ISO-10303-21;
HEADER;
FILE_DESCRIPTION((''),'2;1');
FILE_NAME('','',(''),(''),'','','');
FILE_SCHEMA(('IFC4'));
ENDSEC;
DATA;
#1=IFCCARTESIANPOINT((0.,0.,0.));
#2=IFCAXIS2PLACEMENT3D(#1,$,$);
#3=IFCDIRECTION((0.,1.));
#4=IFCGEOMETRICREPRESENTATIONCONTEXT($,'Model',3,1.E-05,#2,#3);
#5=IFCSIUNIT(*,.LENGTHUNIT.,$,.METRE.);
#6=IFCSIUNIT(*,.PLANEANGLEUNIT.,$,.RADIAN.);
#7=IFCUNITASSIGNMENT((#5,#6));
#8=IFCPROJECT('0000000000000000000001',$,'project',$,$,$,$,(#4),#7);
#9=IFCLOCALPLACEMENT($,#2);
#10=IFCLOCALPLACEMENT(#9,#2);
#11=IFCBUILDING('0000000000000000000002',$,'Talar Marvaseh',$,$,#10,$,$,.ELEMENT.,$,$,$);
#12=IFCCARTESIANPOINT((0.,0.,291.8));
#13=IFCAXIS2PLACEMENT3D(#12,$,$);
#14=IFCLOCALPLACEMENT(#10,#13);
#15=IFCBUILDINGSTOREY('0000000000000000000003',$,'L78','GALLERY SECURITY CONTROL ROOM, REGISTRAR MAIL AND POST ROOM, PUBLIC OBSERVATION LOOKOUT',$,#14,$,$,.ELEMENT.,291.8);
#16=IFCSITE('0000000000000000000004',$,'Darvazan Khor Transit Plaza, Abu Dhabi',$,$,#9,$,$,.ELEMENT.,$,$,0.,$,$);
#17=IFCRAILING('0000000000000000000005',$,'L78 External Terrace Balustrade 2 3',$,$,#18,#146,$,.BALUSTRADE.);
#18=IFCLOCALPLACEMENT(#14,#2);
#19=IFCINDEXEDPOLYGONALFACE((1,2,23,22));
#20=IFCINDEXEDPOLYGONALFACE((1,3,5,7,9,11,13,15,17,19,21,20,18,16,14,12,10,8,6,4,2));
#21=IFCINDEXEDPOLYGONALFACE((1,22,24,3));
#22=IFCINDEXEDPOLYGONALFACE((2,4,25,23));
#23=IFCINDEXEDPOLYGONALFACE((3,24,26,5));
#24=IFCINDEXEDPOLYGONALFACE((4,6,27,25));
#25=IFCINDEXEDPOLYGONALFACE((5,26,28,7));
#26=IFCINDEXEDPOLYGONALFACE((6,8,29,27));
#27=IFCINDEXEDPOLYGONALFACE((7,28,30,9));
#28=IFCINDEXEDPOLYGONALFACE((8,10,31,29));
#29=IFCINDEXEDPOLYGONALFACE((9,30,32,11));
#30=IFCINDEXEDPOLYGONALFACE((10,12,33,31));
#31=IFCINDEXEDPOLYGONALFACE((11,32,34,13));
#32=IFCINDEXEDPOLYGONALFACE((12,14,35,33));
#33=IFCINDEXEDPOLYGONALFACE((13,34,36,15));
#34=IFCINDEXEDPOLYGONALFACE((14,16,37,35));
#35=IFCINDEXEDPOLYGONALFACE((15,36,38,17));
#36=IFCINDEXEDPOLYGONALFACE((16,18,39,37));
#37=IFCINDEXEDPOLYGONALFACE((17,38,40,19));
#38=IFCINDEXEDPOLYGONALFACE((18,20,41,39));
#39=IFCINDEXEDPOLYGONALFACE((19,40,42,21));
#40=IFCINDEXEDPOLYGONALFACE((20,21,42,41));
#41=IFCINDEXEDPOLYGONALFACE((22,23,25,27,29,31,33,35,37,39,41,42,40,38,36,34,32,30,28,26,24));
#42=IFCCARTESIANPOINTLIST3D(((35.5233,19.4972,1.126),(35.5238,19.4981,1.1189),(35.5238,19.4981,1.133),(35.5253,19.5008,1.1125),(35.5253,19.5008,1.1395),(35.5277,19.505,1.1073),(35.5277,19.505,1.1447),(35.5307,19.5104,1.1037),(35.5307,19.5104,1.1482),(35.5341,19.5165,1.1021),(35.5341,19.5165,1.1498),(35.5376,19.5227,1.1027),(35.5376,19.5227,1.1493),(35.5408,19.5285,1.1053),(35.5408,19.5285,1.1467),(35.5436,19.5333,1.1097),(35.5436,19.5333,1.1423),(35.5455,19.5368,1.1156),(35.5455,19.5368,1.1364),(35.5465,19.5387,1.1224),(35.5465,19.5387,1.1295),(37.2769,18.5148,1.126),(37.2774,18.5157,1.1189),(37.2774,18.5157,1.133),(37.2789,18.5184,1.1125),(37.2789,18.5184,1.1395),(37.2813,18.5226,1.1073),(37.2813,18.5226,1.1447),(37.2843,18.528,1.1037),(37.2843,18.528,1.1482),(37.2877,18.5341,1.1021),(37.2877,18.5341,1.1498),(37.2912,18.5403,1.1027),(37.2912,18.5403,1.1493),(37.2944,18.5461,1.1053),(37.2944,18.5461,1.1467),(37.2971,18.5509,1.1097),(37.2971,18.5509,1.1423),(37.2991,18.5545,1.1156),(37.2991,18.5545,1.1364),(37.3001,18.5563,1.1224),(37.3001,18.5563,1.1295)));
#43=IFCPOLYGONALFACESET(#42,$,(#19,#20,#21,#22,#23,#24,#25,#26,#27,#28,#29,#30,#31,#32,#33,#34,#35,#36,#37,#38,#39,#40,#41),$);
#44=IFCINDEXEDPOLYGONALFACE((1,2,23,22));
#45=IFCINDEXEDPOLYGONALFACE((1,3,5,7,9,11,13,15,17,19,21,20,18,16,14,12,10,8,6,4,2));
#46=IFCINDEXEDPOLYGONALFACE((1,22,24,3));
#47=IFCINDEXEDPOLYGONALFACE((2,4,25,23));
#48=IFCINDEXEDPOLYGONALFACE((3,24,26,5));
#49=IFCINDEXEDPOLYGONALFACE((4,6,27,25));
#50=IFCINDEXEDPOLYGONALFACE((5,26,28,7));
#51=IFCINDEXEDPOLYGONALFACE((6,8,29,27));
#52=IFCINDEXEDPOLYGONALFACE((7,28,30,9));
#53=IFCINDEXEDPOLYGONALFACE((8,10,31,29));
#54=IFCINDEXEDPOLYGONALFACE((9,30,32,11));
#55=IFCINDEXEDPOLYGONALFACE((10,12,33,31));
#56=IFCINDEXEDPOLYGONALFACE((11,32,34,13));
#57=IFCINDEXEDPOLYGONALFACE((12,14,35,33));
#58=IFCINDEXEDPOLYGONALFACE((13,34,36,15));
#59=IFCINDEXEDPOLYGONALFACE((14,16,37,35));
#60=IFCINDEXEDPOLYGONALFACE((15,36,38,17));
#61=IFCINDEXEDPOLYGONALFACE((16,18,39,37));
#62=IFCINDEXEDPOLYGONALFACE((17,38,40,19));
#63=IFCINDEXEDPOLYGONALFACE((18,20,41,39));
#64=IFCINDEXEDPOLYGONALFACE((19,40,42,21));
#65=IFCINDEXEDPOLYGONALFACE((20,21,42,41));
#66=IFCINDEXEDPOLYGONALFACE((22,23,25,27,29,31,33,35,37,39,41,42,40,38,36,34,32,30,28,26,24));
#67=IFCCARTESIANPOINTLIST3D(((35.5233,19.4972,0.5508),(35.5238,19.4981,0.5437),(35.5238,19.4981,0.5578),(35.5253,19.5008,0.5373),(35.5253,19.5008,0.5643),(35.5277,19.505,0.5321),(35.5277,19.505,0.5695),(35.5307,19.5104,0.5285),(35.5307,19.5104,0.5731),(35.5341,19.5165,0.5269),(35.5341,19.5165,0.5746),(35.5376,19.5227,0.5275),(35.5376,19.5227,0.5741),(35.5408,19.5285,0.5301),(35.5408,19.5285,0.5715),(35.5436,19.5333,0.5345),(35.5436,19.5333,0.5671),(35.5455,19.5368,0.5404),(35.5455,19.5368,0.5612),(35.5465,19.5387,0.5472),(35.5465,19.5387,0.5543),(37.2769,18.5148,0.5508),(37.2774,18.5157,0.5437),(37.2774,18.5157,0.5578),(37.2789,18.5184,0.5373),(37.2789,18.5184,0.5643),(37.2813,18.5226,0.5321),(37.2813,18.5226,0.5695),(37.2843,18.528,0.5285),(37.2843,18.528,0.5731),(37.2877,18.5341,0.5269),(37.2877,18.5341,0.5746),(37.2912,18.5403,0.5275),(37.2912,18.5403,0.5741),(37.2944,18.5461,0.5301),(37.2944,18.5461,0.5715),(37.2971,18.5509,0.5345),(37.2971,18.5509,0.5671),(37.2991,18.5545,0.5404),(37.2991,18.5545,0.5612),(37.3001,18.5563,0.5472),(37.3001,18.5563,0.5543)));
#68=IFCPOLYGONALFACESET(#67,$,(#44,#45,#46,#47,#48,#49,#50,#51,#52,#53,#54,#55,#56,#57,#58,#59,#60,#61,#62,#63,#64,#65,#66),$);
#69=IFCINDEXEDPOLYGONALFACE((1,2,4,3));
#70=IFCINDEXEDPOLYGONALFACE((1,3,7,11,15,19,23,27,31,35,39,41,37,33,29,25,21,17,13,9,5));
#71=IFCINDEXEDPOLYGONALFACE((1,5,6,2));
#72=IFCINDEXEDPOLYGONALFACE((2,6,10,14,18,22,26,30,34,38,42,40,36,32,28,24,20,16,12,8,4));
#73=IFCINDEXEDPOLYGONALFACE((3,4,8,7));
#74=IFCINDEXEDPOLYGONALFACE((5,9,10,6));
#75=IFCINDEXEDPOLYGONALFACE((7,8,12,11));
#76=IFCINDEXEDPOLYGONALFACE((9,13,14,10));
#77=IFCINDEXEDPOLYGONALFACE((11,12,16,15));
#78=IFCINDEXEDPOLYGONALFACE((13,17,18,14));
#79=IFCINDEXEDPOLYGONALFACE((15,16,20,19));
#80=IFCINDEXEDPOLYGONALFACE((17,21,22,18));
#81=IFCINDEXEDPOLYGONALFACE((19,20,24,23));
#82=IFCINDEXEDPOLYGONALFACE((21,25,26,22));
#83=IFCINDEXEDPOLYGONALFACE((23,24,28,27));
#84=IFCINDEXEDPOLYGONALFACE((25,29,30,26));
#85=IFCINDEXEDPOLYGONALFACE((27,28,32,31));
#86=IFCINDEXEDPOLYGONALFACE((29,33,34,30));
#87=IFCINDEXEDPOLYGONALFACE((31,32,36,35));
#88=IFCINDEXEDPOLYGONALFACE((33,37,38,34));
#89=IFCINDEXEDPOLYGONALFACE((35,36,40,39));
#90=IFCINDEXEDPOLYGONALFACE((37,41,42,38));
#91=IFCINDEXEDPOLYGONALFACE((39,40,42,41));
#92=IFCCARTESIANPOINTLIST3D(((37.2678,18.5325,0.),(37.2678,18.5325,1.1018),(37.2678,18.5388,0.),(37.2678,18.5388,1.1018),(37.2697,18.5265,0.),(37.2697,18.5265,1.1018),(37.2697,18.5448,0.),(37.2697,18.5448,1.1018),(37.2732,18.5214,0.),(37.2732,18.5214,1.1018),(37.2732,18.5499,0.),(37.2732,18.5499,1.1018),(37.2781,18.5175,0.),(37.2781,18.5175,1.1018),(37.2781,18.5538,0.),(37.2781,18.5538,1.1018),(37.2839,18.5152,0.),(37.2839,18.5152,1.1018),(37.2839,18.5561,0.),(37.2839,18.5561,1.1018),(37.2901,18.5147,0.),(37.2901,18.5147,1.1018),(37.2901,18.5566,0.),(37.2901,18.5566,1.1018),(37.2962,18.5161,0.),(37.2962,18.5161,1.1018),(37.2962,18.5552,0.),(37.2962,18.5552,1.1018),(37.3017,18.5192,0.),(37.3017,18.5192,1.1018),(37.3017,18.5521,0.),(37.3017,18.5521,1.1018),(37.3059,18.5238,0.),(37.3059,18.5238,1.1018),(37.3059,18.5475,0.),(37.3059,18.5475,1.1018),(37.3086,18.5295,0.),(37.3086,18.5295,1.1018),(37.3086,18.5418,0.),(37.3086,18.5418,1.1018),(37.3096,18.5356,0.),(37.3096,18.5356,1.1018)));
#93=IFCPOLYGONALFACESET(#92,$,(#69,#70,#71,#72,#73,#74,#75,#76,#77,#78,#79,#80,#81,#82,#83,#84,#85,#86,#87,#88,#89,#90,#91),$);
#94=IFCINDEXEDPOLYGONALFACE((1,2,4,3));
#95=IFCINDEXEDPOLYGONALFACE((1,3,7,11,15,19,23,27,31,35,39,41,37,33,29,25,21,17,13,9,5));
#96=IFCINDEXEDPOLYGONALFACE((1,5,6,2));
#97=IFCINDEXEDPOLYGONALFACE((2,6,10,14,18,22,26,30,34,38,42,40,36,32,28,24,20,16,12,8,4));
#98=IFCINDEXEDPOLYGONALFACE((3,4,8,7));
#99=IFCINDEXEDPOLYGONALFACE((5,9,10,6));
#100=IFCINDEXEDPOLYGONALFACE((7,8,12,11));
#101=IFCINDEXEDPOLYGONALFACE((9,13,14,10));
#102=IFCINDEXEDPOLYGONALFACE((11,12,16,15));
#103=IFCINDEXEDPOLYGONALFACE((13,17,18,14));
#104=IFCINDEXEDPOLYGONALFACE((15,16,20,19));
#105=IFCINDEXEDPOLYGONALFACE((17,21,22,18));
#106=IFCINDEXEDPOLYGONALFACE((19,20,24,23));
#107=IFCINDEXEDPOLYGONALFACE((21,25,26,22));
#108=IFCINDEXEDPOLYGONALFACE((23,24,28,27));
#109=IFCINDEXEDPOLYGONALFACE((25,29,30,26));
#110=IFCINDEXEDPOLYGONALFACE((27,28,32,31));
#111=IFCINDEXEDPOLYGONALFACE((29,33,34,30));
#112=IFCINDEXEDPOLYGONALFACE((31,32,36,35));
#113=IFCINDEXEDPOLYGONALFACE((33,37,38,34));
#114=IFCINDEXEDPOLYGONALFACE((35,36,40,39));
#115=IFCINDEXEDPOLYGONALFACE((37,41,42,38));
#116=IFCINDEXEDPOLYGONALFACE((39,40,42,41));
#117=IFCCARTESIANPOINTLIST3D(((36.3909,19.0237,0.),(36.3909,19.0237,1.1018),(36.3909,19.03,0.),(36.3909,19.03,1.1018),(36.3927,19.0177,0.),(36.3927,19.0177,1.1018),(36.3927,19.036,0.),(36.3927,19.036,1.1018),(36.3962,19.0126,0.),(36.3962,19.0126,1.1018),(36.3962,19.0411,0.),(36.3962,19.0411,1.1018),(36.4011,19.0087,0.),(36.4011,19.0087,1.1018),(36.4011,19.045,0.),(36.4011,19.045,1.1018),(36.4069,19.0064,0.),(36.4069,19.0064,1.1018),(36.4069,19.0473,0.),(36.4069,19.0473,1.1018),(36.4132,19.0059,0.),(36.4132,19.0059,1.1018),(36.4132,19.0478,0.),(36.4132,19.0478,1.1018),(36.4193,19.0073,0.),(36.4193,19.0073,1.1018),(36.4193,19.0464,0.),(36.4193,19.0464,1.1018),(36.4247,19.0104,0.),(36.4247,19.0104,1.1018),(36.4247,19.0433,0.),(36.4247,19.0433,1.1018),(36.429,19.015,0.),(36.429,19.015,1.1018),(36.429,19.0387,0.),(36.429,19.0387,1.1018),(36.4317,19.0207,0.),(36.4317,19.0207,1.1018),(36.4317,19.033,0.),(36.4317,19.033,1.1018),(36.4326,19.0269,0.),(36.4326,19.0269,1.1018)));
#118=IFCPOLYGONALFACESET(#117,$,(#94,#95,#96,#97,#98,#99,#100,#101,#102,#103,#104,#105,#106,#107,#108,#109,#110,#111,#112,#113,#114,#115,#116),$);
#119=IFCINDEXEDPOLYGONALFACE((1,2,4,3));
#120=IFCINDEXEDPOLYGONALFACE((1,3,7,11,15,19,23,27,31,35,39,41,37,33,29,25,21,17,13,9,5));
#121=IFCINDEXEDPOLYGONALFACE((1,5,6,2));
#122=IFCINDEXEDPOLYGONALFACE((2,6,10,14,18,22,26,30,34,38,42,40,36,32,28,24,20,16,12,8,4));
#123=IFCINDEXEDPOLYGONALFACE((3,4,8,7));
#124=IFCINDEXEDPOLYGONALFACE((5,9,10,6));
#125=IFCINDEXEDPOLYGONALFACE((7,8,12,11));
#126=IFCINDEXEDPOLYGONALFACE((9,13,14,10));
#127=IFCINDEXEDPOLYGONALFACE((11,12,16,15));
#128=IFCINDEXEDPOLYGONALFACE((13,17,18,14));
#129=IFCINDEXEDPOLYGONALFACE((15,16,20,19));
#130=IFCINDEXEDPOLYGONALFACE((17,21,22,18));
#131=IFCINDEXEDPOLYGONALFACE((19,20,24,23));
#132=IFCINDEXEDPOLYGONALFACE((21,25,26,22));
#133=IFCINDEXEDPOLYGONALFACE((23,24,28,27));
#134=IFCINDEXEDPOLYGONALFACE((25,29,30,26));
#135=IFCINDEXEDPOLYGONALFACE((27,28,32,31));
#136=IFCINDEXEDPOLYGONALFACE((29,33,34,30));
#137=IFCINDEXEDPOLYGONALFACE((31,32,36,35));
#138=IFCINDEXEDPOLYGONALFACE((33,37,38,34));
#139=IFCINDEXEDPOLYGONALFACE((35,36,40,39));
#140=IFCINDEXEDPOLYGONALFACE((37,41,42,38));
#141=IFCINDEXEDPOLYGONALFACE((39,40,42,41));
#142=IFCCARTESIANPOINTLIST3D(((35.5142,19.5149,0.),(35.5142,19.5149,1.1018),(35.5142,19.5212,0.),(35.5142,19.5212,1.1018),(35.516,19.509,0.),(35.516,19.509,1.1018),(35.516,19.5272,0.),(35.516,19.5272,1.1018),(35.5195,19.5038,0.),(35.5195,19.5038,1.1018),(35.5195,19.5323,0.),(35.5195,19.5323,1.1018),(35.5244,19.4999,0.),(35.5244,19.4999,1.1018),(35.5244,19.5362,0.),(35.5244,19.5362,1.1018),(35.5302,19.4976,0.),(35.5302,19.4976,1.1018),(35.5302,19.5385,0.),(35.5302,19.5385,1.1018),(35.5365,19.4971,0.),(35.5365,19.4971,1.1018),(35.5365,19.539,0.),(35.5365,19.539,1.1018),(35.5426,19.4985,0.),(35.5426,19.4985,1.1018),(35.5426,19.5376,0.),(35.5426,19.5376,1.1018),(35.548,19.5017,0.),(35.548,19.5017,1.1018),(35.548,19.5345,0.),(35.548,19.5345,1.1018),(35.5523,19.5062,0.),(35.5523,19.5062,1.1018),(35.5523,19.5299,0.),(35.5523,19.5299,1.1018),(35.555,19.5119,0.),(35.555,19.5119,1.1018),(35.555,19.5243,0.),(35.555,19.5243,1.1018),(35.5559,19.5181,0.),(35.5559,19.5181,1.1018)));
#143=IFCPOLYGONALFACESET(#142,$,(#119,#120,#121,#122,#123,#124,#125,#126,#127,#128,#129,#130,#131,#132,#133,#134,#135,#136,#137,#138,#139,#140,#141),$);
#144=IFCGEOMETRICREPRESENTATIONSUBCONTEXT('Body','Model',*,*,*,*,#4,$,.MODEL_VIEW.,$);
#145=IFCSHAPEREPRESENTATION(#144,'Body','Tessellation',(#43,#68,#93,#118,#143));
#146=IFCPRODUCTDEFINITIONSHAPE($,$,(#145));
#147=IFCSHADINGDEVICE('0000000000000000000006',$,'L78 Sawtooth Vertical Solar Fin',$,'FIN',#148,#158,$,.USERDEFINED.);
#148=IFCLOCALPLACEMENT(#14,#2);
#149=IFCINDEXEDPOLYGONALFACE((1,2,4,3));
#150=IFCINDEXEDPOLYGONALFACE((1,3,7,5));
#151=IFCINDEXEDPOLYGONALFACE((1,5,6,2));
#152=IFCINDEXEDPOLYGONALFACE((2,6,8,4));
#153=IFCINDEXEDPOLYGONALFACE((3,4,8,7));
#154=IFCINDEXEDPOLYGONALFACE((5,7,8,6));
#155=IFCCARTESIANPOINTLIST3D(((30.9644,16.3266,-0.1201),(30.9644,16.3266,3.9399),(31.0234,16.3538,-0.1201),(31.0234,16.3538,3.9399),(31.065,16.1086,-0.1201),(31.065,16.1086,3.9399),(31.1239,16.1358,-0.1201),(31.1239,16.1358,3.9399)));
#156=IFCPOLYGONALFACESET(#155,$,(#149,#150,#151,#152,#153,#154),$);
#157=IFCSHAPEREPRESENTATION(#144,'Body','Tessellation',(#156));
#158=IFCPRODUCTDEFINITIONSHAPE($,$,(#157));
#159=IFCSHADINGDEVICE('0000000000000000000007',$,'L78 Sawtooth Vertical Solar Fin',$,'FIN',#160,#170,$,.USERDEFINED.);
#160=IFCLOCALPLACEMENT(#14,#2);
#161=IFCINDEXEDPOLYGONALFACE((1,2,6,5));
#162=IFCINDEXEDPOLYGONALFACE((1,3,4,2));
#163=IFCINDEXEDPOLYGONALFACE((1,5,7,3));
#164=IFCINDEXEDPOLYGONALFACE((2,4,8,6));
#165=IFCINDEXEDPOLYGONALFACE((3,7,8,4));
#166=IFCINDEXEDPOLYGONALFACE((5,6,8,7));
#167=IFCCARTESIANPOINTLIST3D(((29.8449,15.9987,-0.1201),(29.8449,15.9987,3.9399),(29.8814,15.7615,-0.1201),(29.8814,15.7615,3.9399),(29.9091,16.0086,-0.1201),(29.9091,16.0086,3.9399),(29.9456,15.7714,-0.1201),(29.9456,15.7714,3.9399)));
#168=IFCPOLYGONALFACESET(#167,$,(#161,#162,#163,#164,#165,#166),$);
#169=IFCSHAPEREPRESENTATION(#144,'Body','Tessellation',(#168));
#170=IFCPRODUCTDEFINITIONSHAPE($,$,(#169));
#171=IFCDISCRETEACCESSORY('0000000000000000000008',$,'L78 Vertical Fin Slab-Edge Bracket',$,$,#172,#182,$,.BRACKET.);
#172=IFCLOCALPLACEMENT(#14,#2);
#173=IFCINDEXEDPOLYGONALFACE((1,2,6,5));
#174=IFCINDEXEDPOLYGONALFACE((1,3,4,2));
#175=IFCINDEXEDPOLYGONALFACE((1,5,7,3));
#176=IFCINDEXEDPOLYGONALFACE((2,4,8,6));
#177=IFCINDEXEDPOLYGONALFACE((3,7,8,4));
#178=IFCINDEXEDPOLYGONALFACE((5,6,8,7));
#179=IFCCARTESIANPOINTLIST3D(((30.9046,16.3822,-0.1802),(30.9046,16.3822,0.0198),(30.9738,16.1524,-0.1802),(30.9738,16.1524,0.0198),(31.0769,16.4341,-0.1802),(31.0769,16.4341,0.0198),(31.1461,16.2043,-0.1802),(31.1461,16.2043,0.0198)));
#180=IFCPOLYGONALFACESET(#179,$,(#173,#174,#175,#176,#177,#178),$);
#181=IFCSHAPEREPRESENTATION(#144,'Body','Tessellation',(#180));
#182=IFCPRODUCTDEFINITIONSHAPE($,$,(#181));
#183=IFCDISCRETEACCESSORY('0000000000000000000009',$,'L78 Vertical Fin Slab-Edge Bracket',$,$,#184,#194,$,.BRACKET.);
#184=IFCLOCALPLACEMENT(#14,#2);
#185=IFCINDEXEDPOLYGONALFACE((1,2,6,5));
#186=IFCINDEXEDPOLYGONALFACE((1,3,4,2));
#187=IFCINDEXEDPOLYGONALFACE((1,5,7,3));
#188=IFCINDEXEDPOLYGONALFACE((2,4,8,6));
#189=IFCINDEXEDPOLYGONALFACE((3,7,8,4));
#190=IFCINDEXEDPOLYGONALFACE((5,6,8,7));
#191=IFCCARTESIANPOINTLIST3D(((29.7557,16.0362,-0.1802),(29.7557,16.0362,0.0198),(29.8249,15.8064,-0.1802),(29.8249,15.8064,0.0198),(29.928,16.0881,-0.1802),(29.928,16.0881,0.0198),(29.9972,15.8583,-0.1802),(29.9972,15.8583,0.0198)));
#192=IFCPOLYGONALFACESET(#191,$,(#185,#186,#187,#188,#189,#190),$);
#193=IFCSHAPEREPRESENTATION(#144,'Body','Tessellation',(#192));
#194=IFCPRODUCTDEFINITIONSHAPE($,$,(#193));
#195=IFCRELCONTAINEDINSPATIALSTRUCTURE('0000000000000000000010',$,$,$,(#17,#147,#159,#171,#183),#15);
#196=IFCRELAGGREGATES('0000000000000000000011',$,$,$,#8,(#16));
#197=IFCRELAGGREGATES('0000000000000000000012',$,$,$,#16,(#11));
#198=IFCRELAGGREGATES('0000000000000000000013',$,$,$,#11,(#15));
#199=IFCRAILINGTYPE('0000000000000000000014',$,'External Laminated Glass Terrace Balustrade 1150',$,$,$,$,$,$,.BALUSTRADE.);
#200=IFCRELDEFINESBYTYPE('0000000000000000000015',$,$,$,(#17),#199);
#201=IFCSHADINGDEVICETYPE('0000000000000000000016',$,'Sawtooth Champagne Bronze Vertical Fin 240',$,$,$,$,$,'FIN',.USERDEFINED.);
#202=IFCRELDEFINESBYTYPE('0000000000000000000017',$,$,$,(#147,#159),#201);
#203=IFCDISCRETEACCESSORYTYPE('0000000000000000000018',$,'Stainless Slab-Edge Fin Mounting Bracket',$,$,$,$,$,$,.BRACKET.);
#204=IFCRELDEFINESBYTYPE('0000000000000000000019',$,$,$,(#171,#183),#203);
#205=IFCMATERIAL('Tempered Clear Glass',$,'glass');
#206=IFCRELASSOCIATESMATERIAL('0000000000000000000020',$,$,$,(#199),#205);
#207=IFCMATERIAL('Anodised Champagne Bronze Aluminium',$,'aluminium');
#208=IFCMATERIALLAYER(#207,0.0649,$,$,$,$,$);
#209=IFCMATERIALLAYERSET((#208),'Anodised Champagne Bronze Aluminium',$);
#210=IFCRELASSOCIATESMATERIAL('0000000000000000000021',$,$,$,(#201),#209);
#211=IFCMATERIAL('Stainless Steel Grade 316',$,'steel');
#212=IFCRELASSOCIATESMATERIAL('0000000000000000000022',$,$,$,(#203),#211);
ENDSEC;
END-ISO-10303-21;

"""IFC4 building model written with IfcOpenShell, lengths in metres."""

from ifc_helpers import new_model, si_unit, direction, frame, origin, origin_2d, place, context, subcontext, project, spatial, rectangle, circle, extrude, source, transform, mapped, material, layer, layer_set, type_object, type_shapes, element, save


model = new_model("IFC4")

# Units and contexts
model_context = context("Model", 3, precision=1e-05, world=origin(), true_north=direction((0.0, 1.0)))
body_context = subcontext(model_context, "Body", "Model", "MODEL_VIEW")
ifc_project = project(units=[si_unit("LENGTHUNIT", "METRE"), si_unit("PLANEANGLEUNIT", "RADIAN")], contexts=[model_context])

# Site, building, storey
site_placement = place(None, origin())
site = spatial("IfcSite", under=ifc_project, at=site_placement, Name="Darvazan Khor Transit Plaza, Abu Dhabi", CompositionType="ELEMENT", RefElevation=0.0)
building_placement = place(site_placement, origin())
building = spatial("IfcBuilding", under=site, at=building_placement, Name="Talar Marvaseh", CompositionType="ELEMENT")
storey_placement = place(building_placement, frame((0.0, 0.0, 291.8)))
storey = spatial("IfcBuildingStorey", under=building, at=storey_placement, Name="L78", Description="GALLERY SECURITY CONTROL ROOM, REGISTRAR MAIL AND POST ROOM, PUBLIC OBSERVATION LOOKOUT", CompositionType="ELEMENT", Elevation=291.8)

# Railing
ifc_material_1 = material(Name="Tempered Clear Glass", Category="glass")
railing_type = type_object("IfcRailingType", Name="External Laminated Glass Terrace Balustrade 1150", PredefinedType="BALUSTRADE", material=ifc_material_1)
railing_placement = place(storey_placement, frame((37.2886, 18.5356, 0.0)))
element("IfcRailing", 1, at=railing_placement, inside=storey, type_object=railing_type, Name="L78 External Terrace Balustrade 2 3", PredefinedType="BALUSTRADE", context=body_context, shape_type="SweptSolid", body=[
    extrude(circle(Radius=0.0239, at=origin_2d()), frame((0.0, 0.0, 1.126), z_axis=(-0.872427, 0.488744, 0.0), x_axis=(-0.488744, -0.872427, 0.0)), (0.0, 0.0, 1.0), 2.01),
    extrude(circle(Radius=0.0239, at=origin_2d()), frame((0.0, 0.0, 0.5508), z_axis=(-0.872427, 0.488744, 0.0), x_axis=(-0.488744, -0.872427, 0.0)), (0.0, 0.0, 1.0), 2.01),
    extrude(circle(Radius=0.021, at=origin_2d()), origin(), (0.0, 0.0, 1.0), 1.1018),
    extrude(circle(Radius=0.021, at=origin_2d()), frame((-0.877, 0.4912, 0.0)), (0.0, 0.0, 1.0), 1.1018),
    extrude(circle(Radius=0.021, at=origin_2d()), frame((-1.7537, 0.9824, 0.0)), (0.0, 0.0, 1.0), 1.1018),
])

# Shading devices
ifc_material_2 = material(Name="Anodised Champagne Bronze Aluminium", Category="aluminium")
ifc_layer_1 = layer(ifc_material_2, 0.0649)
ifc_layer_set_1 = layer_set([ifc_layer_1], Name="Anodised Champagne Bronze Aluminium")
shading_device_type = type_object("IfcShadingDeviceType", Name="Sawtooth Champagne Bronze Vertical Fin 240", ElementType="FIN", PredefinedType="USERDEFINED", material=ifc_layer_set_1)
shared_shape_1 = source(origin(), body_context, "Body", "SweptSolid", [
    extrude(rectangle(XDim=0.24, YDim=0.0649, at=origin_2d()), origin(), (0.0, 0.0, 1.0), 4.0601),
])
type_shapes(shading_device_type, [shared_shape_1])
for number, where, z_axis, x_axis, name in (
    (2, (31.0442, 16.2312, -0.1201), (0.0, 0.0, 1.0), (0.418818, -0.90807, 0.0), "L78 Sawtooth Vertical Solar Fin"),
    (3, (29.8953, 15.885, -0.1201), (0.0, 0.0, 1.0), (0.152296, -0.988335, 0.0), "L78 Sawtooth Vertical Solar Fin"),
):
    element("IfcShadingDevice", number, at=place(storey_placement, frame(where, z_axis=z_axis, x_axis=x_axis)), inside=storey, type_object=shading_device_type, Name=name, ObjectType="FIN", PredefinedType="USERDEFINED", context=body_context, shape_type="MappedRepresentation", body=[
        mapped(shared_shape_1, transform((0.0, 0.0, 0.0), x_axis=(1.0, 0.0, 0.0), y_axis=(0.0, 1.0, 0.0), z_axis=(0.0, 0.0, 1.0), scale=1.0)),
    ])

# Discrete accessories
ifc_material_3 = material(Name="Stainless Steel Grade 316", Category="steel")
discrete_accessory_type = type_object("IfcDiscreteAccessoryType", Name="Stainless Slab-Edge Fin Mounting Bracket", PredefinedType="BRACKET", material=ifc_material_3)
shared_shape_2 = source(origin(), body_context, "Body", "SweptSolid", [
    extrude(rectangle(XDim=0.24, YDim=0.1799, at=origin_2d()), origin(), (0.0, 0.0, 1.0), 0.2),
])
type_shapes(discrete_accessory_type, [shared_shape_2])
for number, where, z_axis, x_axis, name in (
    (4, (31.0254, 16.2932, -0.1802), (0.0, 0.0, 1.0), (0.288363, -0.957521, 0.0), "L78 Vertical Fin Slab-Edge Bracket"),
    (5, (29.8765, 15.9473, -0.1802), (0.0, 0.0, 1.0), (0.288363, -0.957521, 0.0), "L78 Vertical Fin Slab-Edge Bracket"),
):
    element("IfcDiscreteAccessory", number, at=place(storey_placement, frame(where, z_axis=z_axis, x_axis=x_axis)), inside=storey, type_object=discrete_accessory_type, Name=name, PredefinedType="BRACKET", context=body_context, shape_type="MappedRepresentation", body=[
        mapped(shared_shape_2, transform((0.0, 0.0, 0.0), x_axis=(1.0, 0.0, 0.0), y_axis=(0.0, 1.0, 0.0), z_axis=(0.0, 0.0, 1.0), scale=1.0)),
    ])

save(model, "model.ifc")
